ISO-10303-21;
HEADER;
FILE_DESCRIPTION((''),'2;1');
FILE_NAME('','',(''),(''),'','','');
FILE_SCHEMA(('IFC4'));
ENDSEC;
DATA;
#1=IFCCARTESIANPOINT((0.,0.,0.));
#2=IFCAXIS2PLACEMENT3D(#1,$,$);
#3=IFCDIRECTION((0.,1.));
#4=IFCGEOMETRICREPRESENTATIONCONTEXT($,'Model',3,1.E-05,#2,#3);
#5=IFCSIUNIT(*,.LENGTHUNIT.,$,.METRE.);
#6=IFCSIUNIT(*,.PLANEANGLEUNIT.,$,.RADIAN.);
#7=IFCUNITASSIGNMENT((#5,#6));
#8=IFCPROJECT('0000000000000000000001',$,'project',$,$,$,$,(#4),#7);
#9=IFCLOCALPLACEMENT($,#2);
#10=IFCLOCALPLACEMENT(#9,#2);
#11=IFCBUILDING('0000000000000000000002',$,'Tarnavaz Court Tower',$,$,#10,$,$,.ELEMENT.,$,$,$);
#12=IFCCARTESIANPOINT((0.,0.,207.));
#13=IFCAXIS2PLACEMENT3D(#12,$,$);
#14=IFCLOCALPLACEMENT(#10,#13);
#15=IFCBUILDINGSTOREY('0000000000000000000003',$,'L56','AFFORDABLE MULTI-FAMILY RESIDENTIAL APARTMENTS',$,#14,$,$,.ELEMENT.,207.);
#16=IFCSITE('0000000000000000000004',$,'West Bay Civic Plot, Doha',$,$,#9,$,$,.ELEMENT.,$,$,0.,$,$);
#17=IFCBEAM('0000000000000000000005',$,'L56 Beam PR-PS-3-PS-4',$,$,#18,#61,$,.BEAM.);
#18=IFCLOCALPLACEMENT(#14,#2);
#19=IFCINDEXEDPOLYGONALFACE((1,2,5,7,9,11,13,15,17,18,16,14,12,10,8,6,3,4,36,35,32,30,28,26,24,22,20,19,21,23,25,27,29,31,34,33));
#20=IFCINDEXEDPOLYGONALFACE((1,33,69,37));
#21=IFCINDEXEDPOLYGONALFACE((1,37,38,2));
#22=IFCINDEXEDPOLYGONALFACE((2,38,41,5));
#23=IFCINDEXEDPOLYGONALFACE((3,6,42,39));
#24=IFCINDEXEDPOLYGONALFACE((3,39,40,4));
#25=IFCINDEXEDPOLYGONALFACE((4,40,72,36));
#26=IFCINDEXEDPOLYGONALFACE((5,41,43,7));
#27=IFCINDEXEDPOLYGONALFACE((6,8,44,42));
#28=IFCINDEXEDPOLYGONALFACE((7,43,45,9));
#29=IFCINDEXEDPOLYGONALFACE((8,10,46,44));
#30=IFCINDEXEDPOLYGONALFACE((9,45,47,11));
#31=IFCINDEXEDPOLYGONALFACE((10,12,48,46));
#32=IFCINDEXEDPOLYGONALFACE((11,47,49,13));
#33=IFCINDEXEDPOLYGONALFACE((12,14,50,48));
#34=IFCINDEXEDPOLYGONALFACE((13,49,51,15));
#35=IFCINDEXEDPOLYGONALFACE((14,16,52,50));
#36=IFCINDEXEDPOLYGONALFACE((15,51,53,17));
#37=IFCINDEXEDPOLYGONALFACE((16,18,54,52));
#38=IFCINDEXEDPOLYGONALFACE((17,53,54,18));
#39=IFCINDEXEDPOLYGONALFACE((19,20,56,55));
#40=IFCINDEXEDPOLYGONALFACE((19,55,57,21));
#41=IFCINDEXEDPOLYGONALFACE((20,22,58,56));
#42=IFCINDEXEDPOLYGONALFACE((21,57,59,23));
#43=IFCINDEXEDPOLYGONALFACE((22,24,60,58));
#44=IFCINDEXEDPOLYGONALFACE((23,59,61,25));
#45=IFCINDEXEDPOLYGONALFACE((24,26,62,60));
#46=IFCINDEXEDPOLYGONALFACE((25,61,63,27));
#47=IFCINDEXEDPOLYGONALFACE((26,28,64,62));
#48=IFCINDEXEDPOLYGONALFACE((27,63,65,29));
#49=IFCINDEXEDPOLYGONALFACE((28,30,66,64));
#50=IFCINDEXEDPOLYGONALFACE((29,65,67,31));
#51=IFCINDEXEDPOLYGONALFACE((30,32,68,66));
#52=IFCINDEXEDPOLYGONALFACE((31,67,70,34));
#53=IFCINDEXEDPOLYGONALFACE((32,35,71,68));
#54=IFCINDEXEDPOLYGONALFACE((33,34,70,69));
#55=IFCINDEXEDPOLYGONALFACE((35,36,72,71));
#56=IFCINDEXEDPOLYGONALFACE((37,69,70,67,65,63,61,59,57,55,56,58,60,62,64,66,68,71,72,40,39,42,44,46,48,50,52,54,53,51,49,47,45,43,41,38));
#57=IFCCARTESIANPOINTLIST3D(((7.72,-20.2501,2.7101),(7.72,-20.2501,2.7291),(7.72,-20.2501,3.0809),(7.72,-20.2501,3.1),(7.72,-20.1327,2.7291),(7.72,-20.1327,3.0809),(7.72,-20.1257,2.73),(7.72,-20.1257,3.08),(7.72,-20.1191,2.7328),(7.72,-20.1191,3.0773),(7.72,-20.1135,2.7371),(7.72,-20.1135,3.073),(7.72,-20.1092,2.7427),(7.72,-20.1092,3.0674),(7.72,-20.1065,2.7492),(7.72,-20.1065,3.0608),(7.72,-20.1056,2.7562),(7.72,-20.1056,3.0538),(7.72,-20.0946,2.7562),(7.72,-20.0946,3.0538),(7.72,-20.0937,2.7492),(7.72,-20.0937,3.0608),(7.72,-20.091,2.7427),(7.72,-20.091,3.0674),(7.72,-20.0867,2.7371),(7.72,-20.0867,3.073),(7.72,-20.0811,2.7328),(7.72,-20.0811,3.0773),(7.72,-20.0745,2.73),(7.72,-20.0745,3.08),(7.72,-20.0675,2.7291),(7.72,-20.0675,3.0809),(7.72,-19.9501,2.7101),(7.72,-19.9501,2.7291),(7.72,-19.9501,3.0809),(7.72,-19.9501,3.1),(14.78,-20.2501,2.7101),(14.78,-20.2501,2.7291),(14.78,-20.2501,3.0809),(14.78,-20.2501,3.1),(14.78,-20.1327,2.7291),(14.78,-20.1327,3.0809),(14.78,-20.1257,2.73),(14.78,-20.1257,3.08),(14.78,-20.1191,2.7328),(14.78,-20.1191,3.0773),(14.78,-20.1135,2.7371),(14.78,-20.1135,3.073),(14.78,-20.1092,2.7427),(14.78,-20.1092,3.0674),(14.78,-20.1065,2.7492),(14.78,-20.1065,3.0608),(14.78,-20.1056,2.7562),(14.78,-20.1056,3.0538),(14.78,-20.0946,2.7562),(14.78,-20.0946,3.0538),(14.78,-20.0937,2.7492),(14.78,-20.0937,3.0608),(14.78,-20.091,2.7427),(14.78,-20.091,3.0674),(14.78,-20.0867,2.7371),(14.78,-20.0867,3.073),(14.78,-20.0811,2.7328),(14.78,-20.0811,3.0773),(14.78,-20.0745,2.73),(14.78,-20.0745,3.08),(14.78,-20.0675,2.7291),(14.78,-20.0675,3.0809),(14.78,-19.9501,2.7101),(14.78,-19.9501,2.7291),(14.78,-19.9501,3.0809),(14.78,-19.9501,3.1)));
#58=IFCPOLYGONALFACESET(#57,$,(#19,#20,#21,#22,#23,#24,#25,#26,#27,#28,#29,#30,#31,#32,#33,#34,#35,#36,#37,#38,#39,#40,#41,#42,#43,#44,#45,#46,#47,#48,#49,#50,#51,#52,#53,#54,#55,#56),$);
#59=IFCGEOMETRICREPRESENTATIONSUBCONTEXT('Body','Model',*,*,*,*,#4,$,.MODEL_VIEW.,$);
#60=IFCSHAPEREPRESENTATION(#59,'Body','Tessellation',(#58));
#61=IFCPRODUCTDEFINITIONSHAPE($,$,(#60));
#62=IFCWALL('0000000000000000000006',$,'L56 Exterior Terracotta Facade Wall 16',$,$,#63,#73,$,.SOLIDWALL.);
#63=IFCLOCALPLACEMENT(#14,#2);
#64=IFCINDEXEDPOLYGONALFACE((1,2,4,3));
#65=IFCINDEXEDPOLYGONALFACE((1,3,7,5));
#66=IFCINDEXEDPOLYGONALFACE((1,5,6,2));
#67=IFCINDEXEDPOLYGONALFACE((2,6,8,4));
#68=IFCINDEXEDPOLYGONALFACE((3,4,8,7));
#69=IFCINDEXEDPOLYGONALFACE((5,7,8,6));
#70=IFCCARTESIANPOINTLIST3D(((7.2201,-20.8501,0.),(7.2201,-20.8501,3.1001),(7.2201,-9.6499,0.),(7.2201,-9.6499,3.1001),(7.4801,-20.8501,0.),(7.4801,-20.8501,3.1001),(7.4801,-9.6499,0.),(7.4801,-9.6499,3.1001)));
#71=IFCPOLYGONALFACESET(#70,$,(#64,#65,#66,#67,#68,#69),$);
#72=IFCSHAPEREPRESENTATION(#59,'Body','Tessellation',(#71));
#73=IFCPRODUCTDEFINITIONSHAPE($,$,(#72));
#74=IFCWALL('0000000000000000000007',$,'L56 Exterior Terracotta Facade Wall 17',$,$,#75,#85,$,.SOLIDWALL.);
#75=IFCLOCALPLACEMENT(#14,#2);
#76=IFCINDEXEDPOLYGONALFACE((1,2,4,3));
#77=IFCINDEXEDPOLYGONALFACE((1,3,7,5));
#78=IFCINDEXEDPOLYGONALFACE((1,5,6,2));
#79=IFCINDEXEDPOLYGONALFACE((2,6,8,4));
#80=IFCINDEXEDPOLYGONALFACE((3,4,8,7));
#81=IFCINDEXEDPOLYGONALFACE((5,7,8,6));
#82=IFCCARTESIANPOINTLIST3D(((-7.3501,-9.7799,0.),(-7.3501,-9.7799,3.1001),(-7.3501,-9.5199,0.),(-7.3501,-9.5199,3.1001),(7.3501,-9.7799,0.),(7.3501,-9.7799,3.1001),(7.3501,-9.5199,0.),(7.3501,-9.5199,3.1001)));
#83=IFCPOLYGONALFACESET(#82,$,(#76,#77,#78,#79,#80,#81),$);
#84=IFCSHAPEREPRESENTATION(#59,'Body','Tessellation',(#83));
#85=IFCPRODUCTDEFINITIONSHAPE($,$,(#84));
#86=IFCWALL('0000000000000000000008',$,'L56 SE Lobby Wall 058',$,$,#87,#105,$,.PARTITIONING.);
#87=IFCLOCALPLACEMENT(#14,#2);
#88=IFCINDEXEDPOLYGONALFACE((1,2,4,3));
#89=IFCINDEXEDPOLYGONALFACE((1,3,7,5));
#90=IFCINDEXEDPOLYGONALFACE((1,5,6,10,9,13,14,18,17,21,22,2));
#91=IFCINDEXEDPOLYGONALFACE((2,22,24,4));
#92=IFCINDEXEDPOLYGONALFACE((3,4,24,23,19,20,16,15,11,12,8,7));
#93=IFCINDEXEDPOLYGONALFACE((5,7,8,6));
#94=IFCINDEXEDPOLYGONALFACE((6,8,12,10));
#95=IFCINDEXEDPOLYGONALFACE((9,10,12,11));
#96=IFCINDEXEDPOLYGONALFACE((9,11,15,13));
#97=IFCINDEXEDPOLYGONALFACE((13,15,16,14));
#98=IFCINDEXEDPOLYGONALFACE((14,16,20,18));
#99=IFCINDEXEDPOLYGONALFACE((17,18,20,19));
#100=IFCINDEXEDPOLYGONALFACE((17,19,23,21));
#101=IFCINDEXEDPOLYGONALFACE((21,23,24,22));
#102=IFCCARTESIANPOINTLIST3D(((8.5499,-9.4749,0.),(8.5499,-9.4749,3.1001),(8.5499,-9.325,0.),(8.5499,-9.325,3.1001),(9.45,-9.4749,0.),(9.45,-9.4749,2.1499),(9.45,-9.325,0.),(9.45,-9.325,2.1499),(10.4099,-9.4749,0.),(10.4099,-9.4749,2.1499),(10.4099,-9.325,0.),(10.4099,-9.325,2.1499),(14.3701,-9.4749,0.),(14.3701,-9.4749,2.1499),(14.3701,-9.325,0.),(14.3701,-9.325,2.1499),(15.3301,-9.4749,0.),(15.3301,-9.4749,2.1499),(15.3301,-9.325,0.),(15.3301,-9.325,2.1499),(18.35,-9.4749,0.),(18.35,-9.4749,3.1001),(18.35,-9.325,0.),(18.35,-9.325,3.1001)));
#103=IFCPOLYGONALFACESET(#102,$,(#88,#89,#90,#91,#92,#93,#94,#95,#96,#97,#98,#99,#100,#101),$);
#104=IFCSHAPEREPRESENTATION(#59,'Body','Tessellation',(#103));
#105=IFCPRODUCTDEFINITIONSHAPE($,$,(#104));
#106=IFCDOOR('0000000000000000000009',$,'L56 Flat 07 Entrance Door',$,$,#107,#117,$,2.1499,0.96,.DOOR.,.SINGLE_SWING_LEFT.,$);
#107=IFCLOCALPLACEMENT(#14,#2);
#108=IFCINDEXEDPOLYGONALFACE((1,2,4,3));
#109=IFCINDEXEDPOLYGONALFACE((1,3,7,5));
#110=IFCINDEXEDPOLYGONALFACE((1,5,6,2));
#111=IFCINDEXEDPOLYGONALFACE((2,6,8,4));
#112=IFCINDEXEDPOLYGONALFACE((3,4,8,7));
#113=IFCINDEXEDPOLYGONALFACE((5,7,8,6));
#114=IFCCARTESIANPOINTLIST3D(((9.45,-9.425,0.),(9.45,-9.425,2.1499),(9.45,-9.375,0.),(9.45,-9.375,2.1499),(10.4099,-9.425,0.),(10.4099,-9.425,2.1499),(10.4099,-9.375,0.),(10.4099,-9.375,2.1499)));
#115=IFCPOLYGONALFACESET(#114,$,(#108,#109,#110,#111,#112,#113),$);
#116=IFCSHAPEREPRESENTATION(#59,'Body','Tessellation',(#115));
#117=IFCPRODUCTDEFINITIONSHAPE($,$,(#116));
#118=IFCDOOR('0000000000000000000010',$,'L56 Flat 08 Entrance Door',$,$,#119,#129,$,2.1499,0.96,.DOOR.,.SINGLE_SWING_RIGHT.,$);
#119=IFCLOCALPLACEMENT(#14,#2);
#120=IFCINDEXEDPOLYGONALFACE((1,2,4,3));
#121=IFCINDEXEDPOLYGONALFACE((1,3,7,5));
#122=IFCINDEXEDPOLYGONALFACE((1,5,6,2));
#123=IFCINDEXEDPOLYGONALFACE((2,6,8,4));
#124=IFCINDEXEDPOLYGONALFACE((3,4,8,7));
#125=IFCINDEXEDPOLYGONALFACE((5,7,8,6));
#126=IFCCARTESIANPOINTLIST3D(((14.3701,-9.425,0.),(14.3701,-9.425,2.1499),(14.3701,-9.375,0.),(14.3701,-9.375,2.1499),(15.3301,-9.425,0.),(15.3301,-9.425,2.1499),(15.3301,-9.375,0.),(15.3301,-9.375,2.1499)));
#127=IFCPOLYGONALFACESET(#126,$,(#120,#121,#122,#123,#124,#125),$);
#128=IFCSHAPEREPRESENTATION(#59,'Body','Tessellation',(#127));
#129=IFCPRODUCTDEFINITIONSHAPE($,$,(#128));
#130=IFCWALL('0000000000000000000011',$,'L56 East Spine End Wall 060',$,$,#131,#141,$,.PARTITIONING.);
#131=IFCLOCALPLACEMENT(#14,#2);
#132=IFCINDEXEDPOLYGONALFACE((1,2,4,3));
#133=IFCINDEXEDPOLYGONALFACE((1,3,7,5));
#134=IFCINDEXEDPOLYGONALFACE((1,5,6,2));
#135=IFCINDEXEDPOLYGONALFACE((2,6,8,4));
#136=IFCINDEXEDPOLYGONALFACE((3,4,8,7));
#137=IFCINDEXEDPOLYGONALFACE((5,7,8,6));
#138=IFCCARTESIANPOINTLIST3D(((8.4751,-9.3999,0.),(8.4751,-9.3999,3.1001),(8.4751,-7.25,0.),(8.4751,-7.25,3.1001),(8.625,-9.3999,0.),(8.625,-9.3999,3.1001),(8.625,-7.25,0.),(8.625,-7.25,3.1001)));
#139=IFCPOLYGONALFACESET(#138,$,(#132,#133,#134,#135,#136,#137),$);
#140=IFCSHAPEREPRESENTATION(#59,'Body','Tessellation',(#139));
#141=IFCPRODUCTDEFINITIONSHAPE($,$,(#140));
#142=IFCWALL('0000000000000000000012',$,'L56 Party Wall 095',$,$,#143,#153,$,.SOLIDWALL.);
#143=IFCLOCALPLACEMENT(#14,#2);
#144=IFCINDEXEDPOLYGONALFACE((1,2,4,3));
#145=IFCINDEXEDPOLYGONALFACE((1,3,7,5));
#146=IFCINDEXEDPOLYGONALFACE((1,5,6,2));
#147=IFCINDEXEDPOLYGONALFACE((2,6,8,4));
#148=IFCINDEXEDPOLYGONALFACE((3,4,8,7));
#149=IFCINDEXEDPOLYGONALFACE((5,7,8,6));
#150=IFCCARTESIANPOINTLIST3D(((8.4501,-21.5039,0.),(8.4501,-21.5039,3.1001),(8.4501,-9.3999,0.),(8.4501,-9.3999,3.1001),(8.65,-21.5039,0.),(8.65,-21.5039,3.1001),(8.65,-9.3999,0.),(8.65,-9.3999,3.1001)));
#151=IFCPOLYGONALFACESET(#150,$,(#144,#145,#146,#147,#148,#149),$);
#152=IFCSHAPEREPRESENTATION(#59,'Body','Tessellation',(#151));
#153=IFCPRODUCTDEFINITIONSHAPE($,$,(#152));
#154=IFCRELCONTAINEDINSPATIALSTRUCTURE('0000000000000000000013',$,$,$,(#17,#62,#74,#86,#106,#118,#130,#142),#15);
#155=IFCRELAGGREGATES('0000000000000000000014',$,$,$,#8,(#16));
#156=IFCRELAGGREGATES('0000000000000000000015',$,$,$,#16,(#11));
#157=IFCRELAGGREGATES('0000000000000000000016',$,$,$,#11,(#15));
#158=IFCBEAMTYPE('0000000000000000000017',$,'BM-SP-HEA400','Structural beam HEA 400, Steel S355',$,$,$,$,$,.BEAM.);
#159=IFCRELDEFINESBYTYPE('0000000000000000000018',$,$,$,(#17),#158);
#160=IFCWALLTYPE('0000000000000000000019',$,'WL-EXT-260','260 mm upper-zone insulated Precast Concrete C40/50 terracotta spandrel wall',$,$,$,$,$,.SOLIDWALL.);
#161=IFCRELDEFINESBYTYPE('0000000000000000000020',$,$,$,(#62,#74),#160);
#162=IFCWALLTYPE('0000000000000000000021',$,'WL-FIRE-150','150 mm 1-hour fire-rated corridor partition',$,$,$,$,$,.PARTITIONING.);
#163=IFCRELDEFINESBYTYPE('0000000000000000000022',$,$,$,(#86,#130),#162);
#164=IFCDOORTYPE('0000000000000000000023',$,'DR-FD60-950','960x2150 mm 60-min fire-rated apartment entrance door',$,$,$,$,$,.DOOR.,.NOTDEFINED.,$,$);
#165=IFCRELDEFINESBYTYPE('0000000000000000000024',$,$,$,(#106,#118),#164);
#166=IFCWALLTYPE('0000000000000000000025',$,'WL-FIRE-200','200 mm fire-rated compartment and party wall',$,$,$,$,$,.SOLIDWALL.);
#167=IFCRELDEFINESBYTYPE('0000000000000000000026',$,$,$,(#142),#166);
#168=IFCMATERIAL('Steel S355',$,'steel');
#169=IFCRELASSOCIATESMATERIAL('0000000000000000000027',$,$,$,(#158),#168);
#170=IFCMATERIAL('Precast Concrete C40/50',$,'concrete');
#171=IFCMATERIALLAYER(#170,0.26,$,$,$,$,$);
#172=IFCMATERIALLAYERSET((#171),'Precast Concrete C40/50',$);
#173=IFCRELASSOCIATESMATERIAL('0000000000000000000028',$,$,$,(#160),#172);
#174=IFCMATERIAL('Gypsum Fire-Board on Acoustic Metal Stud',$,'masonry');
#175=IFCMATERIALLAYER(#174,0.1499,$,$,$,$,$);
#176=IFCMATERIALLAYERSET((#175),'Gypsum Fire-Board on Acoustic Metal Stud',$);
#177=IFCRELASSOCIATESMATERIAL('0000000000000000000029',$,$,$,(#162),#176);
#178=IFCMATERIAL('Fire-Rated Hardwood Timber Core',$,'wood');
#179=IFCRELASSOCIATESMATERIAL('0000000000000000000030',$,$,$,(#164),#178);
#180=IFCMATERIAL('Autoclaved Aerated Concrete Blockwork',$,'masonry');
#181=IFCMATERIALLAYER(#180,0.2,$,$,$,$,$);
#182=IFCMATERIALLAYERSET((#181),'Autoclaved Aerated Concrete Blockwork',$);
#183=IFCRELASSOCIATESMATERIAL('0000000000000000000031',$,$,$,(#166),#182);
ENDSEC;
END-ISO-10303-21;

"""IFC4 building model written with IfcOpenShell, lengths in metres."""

from ifc_helpers import new_model, si_unit, direction, frame, frame_2d, origin, origin_2d, place, context, subcontext, project, spatial, rectangle, i_section, extrude, material, layer, layer_set, material_profile, profile_set, type_object, element, fill, save


model = new_model("IFC4")

# Units and contexts
model_context = context("Model", 3, precision=1e-05, world=origin(), true_north=direction((0.0, 1.0)))
body_context = subcontext(model_context, "Body", "Model", "MODEL_VIEW")
ifc_project = project(units=[si_unit("LENGTHUNIT", "METRE"), si_unit("PLANEANGLEUNIT", "RADIAN")], contexts=[model_context])

# Site, building, storey
site_placement = place(None, origin())
site = spatial("IfcSite", under=ifc_project, at=site_placement, Name="West Bay Civic Plot, Doha", CompositionType="ELEMENT", RefElevation=0.0)
building_placement = place(site_placement, origin())
building = spatial("IfcBuilding", under=site, at=building_placement, Name="Tarnavaz Court Tower", CompositionType="ELEMENT")
storey_placement = place(building_placement, frame((0.0, 0.0, 207.0)))
storey = spatial("IfcBuildingStorey", under=building, at=storey_placement, Name="L56", Description="AFFORDABLE MULTI-FAMILY RESIDENTIAL APARTMENTS", CompositionType="ELEMENT", Elevation=207.0)

# Beam
ifc_material_1 = material(Name="Steel S355", Category="steel")
ifc_material_profile_1 = material_profile(ifc_material_1, i_section(OverallWidth=0.3, OverallDepth=0.3899, WebThickness=0.011, FlangeThickness=0.019, FilletRadius=0.0271, at=origin_2d()), Name="HEA 400")
ifc_profile_set_1 = profile_set([ifc_material_profile_1], Name="Steel S355")
beam_type_1 = type_object("IfcBeamType", Name="BM-SP-HEA400", Description="Structural beam HEA 400, Steel S355", PredefinedType="BEAM", material=ifc_profile_set_1)
beam_1_placement = place(storey_placement, frame((7.72, -20.1001, 2.905), z_axis=(1.0, 0.0, 0.0), x_axis=(0.0, 1.0, 0.0)))
element("IfcBeam", 1, at=beam_1_placement, inside=storey, type_object=beam_type_1, Name="L56 Beam PR-PS-3-PS-4", PredefinedType="BEAM", context=body_context, shape_type="SweptSolid", body=[
    extrude(i_section(OverallWidth=0.3, OverallDepth=0.3899, WebThickness=0.011, FlangeThickness=0.019, FilletRadius=0.0271, at=origin_2d()), origin(), (0.0, 0.0, 1.0), 7.0601),
])

# Walls
ifc_material_2 = material(Name="Precast Concrete C40/50", Category="concrete")
ifc_layer_1 = layer(ifc_material_2, 0.26)
ifc_layer_set_1 = layer_set([ifc_layer_1], Name="Precast Concrete C40/50")
wall_type_1 = type_object("IfcWallType", Name="WL-EXT-260", Description="260 mm upper-zone insulated Precast Concrete C40/50 terracotta spandrel wall", PredefinedType="SOLIDWALL", material=ifc_layer_set_1)
wall_1_placement = place(storey_placement, frame((7.3501, -20.8501, 0.0), z_axis=(0.0, 0.0, 1.0), x_axis=(0.0, 1.0, 0.0)))
element("IfcWall", 2, at=wall_1_placement, inside=storey, type_object=wall_type_1, Name="L56 Exterior Terracotta Facade Wall 16", PredefinedType="SOLIDWALL", context=body_context, shape_type="SweptSolid", body=[
    extrude(rectangle(XDim=11.2002, YDim=0.26, at=frame_2d((5.6001, 0.0))), origin(), (0.0, 0.0, 1.0), 3.1001),
])
wall_2_placement = place(storey_placement, frame((7.3501, -9.6499, 0.0), z_axis=(0.0, 0.0, 1.0), x_axis=(-1.0, 0.0, 0.0)))
element("IfcWall", 3, at=wall_2_placement, inside=storey, type_object=wall_type_1, Name="L56 Exterior Terracotta Facade Wall 17", PredefinedType="SOLIDWALL", context=body_context, shape_type="SweptSolid", body=[
    extrude(rectangle(XDim=14.7002, YDim=0.26, at=frame_2d((7.3501, 0.0))), origin(), (0.0, 0.0, 1.0), 3.1001),
])

# Wall, openings, doors
ifc_material_3 = material(Name="Gypsum Fire-Board on Acoustic Metal Stud", Category="masonry")
ifc_layer_2 = layer(ifc_material_3, 0.1499)
ifc_layer_set_2 = layer_set([ifc_layer_2], Name="Gypsum Fire-Board on Acoustic Metal Stud")
wall_type_2 = type_object("IfcWallType", Name="WL-FIRE-150", Description="150 mm 1-hour fire-rated corridor partition", PredefinedType="PARTITIONING", material=ifc_layer_set_2)
wall_3_placement = place(storey_placement, frame((8.55, -9.3999, 0.0), z_axis=(0.0, 0.0, 1.0), x_axis=(1.0, 0.0, 0.0)))
wall_3 = element("IfcWall", 4, at=wall_3_placement, inside=storey, type_object=wall_type_2, Name="L56 SE Lobby Wall 058", PredefinedType="PARTITIONING", context=body_context, shape_type="SweptSolid", body=[
    extrude(rectangle(XDim=9.8, YDim=0.1499, at=frame_2d((4.8999, 0.0))), origin(), (0.0, 0.0, 1.0), 3.1001),
])
opening_1_placement = place(wall_3_placement, frame((0.8999, 0.0, 0.0)))
opening_1 = element("IfcOpeningElement", 5, at=opening_1_placement, cuts=wall_3, PredefinedType="OPENING", context=body_context, shape_type="SweptSolid", body=[
    extrude(rectangle(XDim=0.96, YDim=2.1499, at=frame_2d((0.48, 1.075))), frame((0.0, 0.085, 0.0), z_axis=(0.0, -1.0, 0.0), x_axis=(1.0, 0.0, 0.0)), (0.0, 0.0, 1.0), 0.1699),
])
opening_2_placement = place(wall_3_placement, frame((5.8201, 0.0, 0.0)))
opening_2 = element("IfcOpeningElement", 6, at=opening_2_placement, cuts=wall_3, PredefinedType="OPENING", context=body_context, shape_type="SweptSolid", body=[
    extrude(rectangle(XDim=0.96, YDim=2.1499, at=frame_2d((0.48, 1.075))), frame((0.0, 0.085, 0.0), z_axis=(0.0, -1.0, 0.0), x_axis=(1.0, 0.0, 0.0)), (0.0, 0.0, 1.0), 0.1699),
])
ifc_material_4 = material(Name="Fire-Rated Hardwood Timber Core", Category="wood")
door_type_1 = type_object("IfcDoorType", Name="DR-FD60-950", Description="960x2150 mm 60-min fire-rated apartment entrance door", OperationType="NOTDEFINED", PredefinedType="DOOR", material=ifc_material_4)
door_1_placement = place(opening_1_placement, origin())
door_1 = element("IfcDoor", 7, at=door_1_placement, inside=storey, type_object=door_type_1, Name="L56 Flat 07 Entrance Door", OperationType="SINGLE_SWING_LEFT", OverallHeight=2.1499, OverallWidth=0.96, PredefinedType="DOOR", context=body_context, shape_type="SweptSolid", body=[
    extrude(rectangle(XDim=0.96, YDim=2.1499, at=frame_2d((0.48, 1.075))), frame((0.0, 0.0249, 0.0), z_axis=(0.0, -1.0, 0.0), x_axis=(1.0, 0.0, 0.0)), (0.0, 0.0, 1.0), 0.05),
])
fill(opening_1, door_1)
door_2_placement = place(opening_2_placement, origin())
door_2 = element("IfcDoor", 8, at=door_2_placement, inside=storey, type_object=door_type_1, Name="L56 Flat 08 Entrance Door", OperationType="SINGLE_SWING_RIGHT", OverallHeight=2.1499, OverallWidth=0.96, PredefinedType="DOOR", context=body_context, shape_type="SweptSolid", body=[
    extrude(rectangle(XDim=0.96, YDim=2.1499, at=frame_2d((0.48, 1.075))), frame((0.0, 0.0249, 0.0), z_axis=(0.0, -1.0, 0.0), x_axis=(1.0, 0.0, 0.0)), (0.0, 0.0, 1.0), 0.05),
])
fill(opening_2, door_2)

# Walls
wall_4_placement = place(storey_placement, frame((8.55, -9.3999, 0.0), z_axis=(0.0, 0.0, 1.0), x_axis=(0.0, 1.0, 0.0)))
element("IfcWall", 9, at=wall_4_placement, inside=storey, type_object=wall_type_2, Name="L56 East Spine End Wall 060", PredefinedType="PARTITIONING", context=body_context, shape_type="SweptSolid", body=[
    extrude(rectangle(XDim=2.1499, YDim=0.1499, at=frame_2d((1.075, 0.0))), origin(), (0.0, 0.0, 1.0), 3.1001),
])
ifc_material_5 = material(Name="Autoclaved Aerated Concrete Blockwork", Category="masonry")
ifc_layer_3 = layer(ifc_material_5, 0.2)
ifc_layer_set_3 = layer_set([ifc_layer_3], Name="Autoclaved Aerated Concrete Blockwork")
wall_type_3 = type_object("IfcWallType", Name="WL-FIRE-200", Description="200 mm fire-rated compartment and party wall", PredefinedType="SOLIDWALL", material=ifc_layer_set_3)
wall_5_placement = place(storey_placement, frame((8.55, -21.5039, 0.0), z_axis=(0.0, 0.0, 1.0), x_axis=(0.0, 1.0, 0.0)))
element("IfcWall", 10, at=wall_5_placement, inside=storey, type_object=wall_type_3, Name="L56 Party Wall 095", PredefinedType="SOLIDWALL", context=body_context, shape_type="SweptSolid", body=[
    extrude(rectangle(XDim=12.104, YDim=0.2, at=frame_2d((6.052, 0.0))), origin(), (0.0, 0.0, 1.0), 3.1001),
])

save(model, "model.ifc")
